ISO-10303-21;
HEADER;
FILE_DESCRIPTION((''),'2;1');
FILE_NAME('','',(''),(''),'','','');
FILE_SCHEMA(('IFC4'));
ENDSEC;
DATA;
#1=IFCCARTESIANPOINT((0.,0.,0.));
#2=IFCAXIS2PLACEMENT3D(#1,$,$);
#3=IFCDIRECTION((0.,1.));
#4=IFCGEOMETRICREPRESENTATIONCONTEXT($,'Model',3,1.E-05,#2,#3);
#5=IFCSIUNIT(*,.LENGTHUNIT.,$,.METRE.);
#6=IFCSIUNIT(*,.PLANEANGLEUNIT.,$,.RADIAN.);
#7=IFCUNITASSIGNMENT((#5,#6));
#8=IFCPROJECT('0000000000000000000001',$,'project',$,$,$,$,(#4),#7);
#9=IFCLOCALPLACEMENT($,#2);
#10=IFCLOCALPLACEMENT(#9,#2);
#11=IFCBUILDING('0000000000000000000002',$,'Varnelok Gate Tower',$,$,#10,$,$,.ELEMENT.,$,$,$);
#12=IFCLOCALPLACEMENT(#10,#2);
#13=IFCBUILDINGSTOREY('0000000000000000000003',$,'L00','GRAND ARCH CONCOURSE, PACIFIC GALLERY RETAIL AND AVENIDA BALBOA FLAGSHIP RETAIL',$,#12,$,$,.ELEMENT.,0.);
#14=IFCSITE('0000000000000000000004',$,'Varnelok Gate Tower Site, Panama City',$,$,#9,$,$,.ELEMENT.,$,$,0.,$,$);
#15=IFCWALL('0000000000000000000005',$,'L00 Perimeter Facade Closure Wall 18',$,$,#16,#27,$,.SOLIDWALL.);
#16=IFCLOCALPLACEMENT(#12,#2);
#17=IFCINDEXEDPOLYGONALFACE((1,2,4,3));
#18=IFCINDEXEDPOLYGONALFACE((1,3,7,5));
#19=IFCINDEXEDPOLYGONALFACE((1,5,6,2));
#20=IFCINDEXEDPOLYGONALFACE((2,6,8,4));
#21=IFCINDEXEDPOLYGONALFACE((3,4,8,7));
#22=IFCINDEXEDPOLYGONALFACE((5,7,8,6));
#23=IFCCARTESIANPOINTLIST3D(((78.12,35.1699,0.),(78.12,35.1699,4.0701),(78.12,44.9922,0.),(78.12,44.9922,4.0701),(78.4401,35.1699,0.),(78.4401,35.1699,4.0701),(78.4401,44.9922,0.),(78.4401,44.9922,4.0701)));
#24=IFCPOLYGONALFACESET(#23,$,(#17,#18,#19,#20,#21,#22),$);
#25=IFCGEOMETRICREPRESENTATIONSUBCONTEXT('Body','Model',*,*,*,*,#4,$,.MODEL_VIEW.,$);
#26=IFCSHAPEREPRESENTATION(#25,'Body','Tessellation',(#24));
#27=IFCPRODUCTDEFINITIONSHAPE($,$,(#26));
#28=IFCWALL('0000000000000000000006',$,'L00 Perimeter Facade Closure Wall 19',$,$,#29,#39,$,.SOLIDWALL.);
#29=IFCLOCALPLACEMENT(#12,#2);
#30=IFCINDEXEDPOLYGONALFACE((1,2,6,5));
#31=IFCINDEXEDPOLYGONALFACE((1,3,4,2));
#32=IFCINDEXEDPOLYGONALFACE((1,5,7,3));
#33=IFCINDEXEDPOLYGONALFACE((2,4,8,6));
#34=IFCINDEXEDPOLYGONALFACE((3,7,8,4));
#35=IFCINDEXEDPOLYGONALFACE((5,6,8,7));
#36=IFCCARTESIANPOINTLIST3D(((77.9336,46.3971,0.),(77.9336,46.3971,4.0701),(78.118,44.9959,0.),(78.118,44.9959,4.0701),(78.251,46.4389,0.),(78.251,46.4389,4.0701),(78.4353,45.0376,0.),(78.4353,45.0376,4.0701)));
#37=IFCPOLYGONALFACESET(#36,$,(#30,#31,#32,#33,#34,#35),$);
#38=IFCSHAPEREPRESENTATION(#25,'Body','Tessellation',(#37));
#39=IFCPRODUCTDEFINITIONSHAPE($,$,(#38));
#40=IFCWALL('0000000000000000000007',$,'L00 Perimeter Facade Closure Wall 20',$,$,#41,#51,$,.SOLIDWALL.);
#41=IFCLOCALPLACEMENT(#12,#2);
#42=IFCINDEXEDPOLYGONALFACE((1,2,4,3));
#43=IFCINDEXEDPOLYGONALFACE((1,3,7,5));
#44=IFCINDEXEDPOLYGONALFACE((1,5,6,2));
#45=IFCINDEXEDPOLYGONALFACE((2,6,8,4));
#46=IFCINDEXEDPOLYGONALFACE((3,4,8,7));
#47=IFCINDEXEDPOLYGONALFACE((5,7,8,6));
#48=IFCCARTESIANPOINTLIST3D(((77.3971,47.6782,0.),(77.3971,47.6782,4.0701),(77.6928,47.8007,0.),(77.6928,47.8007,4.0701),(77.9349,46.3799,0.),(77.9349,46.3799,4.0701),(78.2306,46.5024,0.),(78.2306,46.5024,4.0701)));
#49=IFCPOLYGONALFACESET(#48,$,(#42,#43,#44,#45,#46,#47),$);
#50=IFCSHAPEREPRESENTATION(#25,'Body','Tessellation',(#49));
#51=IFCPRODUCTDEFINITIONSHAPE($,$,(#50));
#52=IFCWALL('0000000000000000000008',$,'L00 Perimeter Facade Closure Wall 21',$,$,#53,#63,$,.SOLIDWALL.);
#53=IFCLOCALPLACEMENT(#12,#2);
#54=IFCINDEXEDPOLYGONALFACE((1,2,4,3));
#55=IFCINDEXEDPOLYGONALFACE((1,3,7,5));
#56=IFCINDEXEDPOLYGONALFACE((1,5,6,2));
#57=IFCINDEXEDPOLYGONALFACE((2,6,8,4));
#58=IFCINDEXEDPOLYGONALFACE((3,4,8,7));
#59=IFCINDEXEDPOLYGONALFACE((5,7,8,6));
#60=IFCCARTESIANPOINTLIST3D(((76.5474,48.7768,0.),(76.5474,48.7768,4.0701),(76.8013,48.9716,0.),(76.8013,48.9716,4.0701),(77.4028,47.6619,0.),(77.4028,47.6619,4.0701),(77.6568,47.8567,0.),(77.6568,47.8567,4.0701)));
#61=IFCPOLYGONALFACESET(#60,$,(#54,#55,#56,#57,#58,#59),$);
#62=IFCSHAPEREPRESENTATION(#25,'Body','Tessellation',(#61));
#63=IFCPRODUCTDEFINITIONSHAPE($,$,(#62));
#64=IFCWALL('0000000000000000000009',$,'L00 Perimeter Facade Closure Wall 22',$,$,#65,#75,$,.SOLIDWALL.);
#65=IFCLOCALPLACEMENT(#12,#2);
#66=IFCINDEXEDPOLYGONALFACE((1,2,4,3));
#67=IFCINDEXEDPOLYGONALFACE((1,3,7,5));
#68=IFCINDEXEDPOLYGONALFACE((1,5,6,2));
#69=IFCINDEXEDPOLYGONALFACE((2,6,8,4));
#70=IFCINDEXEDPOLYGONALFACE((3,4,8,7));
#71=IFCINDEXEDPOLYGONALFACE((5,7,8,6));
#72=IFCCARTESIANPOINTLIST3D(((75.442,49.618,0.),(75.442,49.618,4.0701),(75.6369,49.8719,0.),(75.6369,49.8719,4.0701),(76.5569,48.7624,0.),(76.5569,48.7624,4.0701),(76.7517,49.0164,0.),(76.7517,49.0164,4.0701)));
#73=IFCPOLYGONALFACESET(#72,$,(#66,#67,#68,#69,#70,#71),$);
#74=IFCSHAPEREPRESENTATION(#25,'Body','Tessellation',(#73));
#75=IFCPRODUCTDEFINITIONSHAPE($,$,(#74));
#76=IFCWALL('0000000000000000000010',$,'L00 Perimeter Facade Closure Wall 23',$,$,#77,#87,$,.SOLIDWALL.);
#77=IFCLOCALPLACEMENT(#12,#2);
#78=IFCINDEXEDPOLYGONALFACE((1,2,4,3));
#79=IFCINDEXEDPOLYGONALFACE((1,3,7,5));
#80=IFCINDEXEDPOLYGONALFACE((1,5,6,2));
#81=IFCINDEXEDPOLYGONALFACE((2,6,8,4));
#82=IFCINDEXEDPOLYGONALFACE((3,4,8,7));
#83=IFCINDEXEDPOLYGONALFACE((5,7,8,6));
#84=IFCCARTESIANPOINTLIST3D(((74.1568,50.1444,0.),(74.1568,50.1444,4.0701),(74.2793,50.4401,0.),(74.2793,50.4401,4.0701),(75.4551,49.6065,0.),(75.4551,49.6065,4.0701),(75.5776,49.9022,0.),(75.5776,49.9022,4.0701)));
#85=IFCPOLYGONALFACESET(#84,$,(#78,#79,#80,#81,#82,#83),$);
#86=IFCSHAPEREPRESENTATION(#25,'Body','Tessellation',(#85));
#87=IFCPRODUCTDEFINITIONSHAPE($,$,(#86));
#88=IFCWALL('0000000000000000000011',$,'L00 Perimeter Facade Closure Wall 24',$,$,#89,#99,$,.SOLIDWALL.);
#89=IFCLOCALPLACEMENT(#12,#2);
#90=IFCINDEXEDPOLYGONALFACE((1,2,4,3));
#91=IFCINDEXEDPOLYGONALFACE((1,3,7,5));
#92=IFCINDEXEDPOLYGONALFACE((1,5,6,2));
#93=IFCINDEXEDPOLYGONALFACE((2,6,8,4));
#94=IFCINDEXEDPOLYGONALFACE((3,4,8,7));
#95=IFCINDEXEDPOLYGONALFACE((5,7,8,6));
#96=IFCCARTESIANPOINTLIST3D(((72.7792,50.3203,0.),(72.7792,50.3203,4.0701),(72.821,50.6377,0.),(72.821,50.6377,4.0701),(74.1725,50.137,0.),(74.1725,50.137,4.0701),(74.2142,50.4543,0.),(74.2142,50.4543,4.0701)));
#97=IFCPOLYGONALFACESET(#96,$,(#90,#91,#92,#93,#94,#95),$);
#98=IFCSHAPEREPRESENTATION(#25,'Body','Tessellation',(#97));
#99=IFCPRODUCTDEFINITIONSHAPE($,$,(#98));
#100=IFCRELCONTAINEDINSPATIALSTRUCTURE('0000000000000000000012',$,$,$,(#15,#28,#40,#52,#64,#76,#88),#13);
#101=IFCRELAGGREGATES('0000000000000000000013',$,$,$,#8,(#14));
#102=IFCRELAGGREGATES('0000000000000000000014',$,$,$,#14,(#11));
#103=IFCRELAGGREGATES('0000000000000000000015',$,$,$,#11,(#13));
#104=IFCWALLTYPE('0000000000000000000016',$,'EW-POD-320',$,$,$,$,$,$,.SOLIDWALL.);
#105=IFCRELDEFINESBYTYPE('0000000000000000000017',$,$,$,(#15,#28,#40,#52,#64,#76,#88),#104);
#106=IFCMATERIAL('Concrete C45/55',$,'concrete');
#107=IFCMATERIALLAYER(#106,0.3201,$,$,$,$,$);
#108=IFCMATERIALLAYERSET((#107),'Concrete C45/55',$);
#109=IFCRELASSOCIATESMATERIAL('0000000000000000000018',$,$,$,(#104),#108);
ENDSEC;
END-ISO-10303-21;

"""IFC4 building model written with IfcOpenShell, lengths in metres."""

from ifc_helpers import new_model, si_unit, direction, frame, frame_2d, origin, place, context, subcontext, project, spatial, rectangle, extrude, material, layer, layer_set, type_object, element, save


model = new_model("IFC4")

# Units and contexts
model_context = context("Model", 3, precision=1e-05, world=origin(), true_north=direction((0.0, 1.0)))
body_context = subcontext(model_context, "Body", "Model", "MODEL_VIEW")
ifc_project = project(units=[si_unit("LENGTHUNIT", "METRE"), si_unit("PLANEANGLEUNIT", "RADIAN")], contexts=[model_context])

# Site, building, storey
site_placement = place(None, origin())
site = spatial("IfcSite", under=ifc_project, at=site_placement, Name="Varnelok Gate Tower Site, Panama City", CompositionType="ELEMENT", RefElevation=0.0)
building_placement = place(site_placement, origin())
building = spatial("IfcBuilding", under=site, at=building_placement, Name="Varnelok Gate Tower", CompositionType="ELEMENT")
storey_placement = place(building_placement, origin())
storey = spatial("IfcBuildingStorey", under=building, at=storey_placement, Name="L00", Description="GRAND ARCH CONCOURSE, PACIFIC GALLERY RETAIL AND AVENIDA BALBOA FLAGSHIP RETAIL", CompositionType="ELEMENT", Elevation=0.0)

# Walls
ifc_material_1 = material(Name="Concrete C45/55", Category="concrete")
ifc_layer_1 = layer(ifc_material_1, 0.3201)
ifc_layer_set_1 = layer_set([ifc_layer_1], Name="Concrete C45/55")
wall_type = type_object("IfcWallType", Name="EW-POD-320", PredefinedType="SOLIDWALL", material=ifc_layer_set_1)
wall_1_placement = place(storey_placement, frame((78.28, 35.1699, 0.0), z_axis=(0.0, 0.0, 1.0), x_axis=(0.0, 1.0, 0.0)))
element("IfcWall", 1, at=wall_1_placement, inside=storey, type_object=wall_type, Name="L00 Perimeter Facade Closure Wall 18", PredefinedType="SOLIDWALL", context=body_context, shape_type="SweptSolid", body=[
    extrude(rectangle(XDim=9.8223, YDim=0.3201, at=frame_2d((4.9111, 0.0))), origin(), (0.0, 0.0, 1.0), 4.0701),
])
wall_2_placement = place(storey_placement, frame((78.2766, 45.0168, 0.0), z_axis=(0.0, 0.0, 1.0), x_axis=(-0.13041, 0.99146, 0.0)))
element("IfcWall", 2, at=wall_2_placement, inside=storey, type_object=wall_type, Name="L00 Perimeter Facade Closure Wall 19", PredefinedType="SOLIDWALL", context=body_context, shape_type="SweptSolid", body=[
    extrude(rectangle(XDim=1.4133, YDim=0.3201, at=frame_2d((0.7065, 0.0))), origin(), (0.0, 0.0, 1.0), 4.0701),
])
for number, where, z_axis, x_axis, name in (
    (3, (78.0828, 46.4412, 0.0), (0.0, 0.0, 1.0), (-0.382715, 0.923866, 0.0), "L00 Perimeter Facade Closure Wall 20"),
    (4, (77.5298, 47.7593, 0.0), (0.0, 0.0, 1.0), (-0.60872, 0.793385, 0.0), "L00 Perimeter Facade Closure Wall 21"),
    (5, (76.6543, 48.8894, 0.0), (0.0, 0.0, 1.0), (-0.793321, 0.608804, 0.0), "L00 Perimeter Facade Closure Wall 22"),
    (6, (75.5164, 49.7544, 0.0), (0.0, 0.0, 1.0), (-0.923866, 0.382715, 0.0), "L00 Perimeter Facade Closure Wall 23"),
    (7, (74.1934, 50.2957, 0.0), (0.0, 0.0, 1.0), (-0.991453, 0.130468, 0.0), "L00 Perimeter Facade Closure Wall 24"),
):
    element("IfcWall", number, at=place(storey_placement, frame(where, z_axis=z_axis, x_axis=x_axis)), inside=storey, type_object=wall_type, Name=name, PredefinedType="SOLIDWALL", context=body_context, shape_type="SweptSolid", body=[
        extrude(rectangle(XDim=1.4053, YDim=0.3201, at=frame_2d((0.7026, 0.0))), origin(), (0.0, 0.0, 1.0), 4.0701),
    ])

save(model, "model.ifc")
